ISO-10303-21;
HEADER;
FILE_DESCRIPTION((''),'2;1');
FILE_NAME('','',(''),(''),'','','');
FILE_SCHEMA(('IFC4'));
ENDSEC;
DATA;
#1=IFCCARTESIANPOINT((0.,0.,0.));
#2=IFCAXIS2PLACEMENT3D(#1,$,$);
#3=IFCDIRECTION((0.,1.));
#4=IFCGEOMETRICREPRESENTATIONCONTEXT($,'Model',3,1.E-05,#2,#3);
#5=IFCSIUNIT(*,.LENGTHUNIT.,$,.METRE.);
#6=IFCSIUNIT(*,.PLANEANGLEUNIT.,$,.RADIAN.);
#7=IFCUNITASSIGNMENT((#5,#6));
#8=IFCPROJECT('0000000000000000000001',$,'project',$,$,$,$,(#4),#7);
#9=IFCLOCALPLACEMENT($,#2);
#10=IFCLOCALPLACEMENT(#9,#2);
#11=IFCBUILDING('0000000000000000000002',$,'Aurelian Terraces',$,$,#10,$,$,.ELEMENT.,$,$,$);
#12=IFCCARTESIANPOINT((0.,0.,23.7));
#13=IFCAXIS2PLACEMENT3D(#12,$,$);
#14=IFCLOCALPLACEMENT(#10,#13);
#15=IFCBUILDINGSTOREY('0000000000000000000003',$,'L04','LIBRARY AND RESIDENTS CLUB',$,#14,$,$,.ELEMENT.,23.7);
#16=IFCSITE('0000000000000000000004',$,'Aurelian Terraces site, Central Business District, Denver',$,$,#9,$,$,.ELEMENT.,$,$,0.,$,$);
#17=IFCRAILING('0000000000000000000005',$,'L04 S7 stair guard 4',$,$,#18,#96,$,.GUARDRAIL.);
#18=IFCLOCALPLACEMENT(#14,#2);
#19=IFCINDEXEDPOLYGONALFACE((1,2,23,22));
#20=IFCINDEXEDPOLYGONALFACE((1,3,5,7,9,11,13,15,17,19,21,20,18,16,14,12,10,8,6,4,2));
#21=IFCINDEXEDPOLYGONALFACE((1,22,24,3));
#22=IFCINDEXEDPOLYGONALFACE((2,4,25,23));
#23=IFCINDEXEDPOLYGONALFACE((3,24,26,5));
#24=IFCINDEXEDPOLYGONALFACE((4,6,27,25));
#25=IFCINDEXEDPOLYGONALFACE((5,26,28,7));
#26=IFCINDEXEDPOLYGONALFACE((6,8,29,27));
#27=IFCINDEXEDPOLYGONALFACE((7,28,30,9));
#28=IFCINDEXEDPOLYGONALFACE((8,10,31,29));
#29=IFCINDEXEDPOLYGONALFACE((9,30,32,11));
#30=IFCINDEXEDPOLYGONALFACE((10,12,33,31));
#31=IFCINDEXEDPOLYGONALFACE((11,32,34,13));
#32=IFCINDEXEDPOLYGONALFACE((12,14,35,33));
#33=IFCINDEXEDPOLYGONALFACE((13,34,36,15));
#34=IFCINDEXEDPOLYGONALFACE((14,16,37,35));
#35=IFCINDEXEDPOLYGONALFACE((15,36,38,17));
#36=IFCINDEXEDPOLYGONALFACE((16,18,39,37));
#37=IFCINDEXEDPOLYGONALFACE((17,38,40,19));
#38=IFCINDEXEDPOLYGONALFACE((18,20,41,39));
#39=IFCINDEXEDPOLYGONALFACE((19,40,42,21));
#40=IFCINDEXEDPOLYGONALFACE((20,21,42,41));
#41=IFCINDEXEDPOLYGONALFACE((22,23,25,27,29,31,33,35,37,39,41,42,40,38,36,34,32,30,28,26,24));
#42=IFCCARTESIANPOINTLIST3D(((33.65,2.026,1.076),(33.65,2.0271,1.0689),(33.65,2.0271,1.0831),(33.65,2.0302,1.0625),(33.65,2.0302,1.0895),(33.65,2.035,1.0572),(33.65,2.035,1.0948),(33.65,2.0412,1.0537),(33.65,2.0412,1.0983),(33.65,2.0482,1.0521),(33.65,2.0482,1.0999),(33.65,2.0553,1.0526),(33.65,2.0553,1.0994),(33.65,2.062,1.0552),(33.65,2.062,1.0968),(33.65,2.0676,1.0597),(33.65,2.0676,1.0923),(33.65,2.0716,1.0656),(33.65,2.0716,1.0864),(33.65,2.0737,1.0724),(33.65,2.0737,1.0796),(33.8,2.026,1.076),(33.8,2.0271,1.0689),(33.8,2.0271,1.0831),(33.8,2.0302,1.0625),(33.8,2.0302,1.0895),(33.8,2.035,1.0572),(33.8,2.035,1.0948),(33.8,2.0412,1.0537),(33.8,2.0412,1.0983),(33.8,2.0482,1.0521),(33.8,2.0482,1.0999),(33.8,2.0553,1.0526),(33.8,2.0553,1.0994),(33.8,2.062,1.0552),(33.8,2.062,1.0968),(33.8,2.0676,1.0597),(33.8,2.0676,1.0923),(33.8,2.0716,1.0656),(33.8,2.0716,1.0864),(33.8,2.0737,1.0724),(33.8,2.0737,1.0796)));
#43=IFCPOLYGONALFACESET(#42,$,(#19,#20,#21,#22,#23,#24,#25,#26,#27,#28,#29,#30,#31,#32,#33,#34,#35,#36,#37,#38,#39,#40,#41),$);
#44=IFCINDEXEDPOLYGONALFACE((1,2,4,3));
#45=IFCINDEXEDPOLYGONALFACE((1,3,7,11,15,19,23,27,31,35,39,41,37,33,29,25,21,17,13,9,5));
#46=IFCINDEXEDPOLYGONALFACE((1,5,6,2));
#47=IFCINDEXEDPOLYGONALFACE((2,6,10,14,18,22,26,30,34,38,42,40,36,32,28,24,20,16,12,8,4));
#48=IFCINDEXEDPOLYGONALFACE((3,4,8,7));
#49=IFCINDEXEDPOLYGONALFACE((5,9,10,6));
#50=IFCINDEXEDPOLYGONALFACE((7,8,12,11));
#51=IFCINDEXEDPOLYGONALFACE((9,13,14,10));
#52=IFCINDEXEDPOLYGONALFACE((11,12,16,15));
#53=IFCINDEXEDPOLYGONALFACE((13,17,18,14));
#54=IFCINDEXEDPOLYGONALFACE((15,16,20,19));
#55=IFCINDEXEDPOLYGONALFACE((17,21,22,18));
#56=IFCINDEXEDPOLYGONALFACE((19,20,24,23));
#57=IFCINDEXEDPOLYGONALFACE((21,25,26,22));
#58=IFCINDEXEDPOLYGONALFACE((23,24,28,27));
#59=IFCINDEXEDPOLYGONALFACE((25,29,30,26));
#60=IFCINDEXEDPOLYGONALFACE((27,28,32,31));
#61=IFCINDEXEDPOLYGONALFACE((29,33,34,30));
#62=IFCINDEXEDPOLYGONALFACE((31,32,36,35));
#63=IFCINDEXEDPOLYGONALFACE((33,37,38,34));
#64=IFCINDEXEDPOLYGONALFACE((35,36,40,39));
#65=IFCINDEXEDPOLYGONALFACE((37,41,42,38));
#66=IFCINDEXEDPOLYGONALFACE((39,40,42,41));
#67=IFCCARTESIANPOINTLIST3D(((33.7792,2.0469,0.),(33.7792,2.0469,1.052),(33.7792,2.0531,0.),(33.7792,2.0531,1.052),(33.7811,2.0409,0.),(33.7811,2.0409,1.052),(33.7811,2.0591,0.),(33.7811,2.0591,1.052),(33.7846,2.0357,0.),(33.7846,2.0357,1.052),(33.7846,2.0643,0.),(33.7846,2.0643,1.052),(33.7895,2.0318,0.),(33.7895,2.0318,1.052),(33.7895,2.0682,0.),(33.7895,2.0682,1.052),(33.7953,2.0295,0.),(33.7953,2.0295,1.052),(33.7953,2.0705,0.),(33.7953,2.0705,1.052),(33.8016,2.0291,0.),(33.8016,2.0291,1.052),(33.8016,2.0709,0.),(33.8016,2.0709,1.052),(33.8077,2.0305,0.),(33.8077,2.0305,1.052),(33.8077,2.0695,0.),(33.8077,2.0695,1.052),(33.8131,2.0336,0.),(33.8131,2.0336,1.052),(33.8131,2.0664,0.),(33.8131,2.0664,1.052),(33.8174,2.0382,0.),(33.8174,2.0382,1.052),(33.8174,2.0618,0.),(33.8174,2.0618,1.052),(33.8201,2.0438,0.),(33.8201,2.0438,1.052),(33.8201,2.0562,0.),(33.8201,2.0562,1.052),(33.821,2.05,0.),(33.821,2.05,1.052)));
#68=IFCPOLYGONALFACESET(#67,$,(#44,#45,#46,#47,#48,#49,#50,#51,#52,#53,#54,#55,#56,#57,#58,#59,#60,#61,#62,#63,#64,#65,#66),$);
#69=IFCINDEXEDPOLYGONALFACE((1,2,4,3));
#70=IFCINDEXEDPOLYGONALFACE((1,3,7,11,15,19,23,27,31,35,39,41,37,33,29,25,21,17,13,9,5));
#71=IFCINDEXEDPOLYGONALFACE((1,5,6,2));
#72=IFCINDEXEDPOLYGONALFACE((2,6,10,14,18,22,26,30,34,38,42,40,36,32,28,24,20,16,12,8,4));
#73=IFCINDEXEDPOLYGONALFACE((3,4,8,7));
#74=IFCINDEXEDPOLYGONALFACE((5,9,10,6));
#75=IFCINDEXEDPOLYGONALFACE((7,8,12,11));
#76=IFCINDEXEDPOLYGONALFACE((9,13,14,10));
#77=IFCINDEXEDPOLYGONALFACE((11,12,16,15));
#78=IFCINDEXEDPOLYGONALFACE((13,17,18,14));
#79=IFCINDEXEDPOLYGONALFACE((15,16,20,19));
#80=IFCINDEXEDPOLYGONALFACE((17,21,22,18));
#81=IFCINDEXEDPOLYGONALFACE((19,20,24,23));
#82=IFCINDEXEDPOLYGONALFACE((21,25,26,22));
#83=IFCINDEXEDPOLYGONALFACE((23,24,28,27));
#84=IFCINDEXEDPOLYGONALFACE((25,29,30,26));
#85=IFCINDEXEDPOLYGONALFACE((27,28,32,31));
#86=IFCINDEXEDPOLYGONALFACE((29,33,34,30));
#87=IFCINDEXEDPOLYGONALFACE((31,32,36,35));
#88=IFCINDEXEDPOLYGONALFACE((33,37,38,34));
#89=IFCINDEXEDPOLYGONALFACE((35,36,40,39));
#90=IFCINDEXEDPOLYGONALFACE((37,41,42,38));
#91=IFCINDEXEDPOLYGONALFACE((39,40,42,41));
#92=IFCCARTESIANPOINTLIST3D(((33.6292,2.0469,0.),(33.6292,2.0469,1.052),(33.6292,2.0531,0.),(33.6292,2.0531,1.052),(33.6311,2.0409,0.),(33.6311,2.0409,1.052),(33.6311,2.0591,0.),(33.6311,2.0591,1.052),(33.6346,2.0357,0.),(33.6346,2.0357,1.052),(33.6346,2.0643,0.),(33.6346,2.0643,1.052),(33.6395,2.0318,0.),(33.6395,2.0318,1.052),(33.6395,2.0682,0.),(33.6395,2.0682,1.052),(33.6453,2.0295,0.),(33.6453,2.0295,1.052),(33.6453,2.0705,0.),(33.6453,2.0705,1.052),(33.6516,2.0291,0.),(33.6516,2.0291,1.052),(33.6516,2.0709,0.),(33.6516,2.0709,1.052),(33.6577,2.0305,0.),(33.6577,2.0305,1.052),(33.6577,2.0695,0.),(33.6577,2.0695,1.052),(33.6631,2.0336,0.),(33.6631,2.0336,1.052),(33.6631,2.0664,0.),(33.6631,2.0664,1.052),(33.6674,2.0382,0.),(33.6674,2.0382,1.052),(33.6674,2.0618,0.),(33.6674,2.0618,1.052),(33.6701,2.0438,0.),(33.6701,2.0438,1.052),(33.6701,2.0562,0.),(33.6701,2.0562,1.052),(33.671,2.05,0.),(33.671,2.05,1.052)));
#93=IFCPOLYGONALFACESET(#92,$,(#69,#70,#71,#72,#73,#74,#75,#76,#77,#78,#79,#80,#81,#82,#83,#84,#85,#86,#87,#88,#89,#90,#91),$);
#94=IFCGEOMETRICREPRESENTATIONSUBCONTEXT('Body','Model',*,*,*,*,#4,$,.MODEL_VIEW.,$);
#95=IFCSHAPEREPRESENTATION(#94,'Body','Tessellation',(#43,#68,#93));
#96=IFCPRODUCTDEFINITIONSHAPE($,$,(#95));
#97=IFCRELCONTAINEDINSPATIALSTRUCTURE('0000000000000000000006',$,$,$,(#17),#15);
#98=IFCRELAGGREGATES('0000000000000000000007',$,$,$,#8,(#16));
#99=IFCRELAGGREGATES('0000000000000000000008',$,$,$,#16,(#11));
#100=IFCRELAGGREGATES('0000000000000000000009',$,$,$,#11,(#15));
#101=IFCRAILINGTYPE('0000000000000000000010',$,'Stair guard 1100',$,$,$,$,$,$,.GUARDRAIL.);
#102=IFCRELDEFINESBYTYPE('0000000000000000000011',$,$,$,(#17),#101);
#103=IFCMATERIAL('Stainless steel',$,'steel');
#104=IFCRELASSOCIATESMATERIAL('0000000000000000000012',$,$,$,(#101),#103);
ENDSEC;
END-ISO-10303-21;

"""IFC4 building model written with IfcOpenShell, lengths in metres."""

from ifc_helpers import new_model, si_unit, direction, frame, origin, origin_2d, place, context, subcontext, project, spatial, circle, extrude, source, transform, mapped, material, type_object, element, save


model = new_model("IFC4")

# Units and contexts
model_context = context("Model", 3, precision=1e-05, world=origin(), true_north=direction((0.0, 1.0)))
body_context = subcontext(model_context, "Body", "Model", "MODEL_VIEW")
ifc_project = project(units=[si_unit("LENGTHUNIT", "METRE"), si_unit("PLANEANGLEUNIT", "RADIAN")], contexts=[model_context])

# Site, building, storey
site_placement = place(None, origin())
site = spatial("IfcSite", under=ifc_project, at=site_placement, Name="Aurelian Terraces site, Central Business District, Denver", CompositionType="ELEMENT", RefElevation=0.0)
building_placement = place(site_placement, origin())
building = spatial("IfcBuilding", under=site, at=building_placement, Name="Aurelian Terraces", CompositionType="ELEMENT")
storey_placement = place(building_placement, frame((0.0, 0.0, 23.7)))
storey = spatial("IfcBuildingStorey", under=building, at=storey_placement, Name="L04", Description="LIBRARY AND RESIDENTS CLUB", CompositionType="ELEMENT", Elevation=23.7)

# Railing
ifc_material_1 = material(Name="Stainless steel", Category="steel")
railing_type_1 = type_object("IfcRailingType", Name="Stair guard 1100", PredefinedType="GUARDRAIL", material=ifc_material_1)
shared_shape_1 = source(origin(), body_context, "Body", "SweptSolid", [
    extrude(circle(Radius=0.024, at=origin_2d()), frame((0.0, 0.0, 1.076), z_axis=(-1.0, 0.0, 0.0), x_axis=(0.0, -1.0, 0.0)), (0.0, 0.0, 1.0), 0.15),
    extrude(circle(Radius=0.021, at=origin_2d()), origin(), (0.0, 0.0, 1.0), 1.052),
    extrude(circle(Radius=0.021, at=origin_2d()), frame((-0.15, 0.0, 0.0)), (0.0, 0.0, 1.0), 1.052),
])
for number, where, name in (
    (1, (33.8, 2.05, 0.0), "L04 S7 stair guard 4"),
):
    element("IfcRailing", number, at=place(storey_placement, frame(where)), inside=storey, type_object=railing_type_1, Name=name, PredefinedType="GUARDRAIL", context=body_context, shape_type="MappedRepresentation", body=[
        mapped(shared_shape_1, transform((0.0, 0.0, 0.0), scale=1.0)),
    ])

save(model, "model.ifc")
